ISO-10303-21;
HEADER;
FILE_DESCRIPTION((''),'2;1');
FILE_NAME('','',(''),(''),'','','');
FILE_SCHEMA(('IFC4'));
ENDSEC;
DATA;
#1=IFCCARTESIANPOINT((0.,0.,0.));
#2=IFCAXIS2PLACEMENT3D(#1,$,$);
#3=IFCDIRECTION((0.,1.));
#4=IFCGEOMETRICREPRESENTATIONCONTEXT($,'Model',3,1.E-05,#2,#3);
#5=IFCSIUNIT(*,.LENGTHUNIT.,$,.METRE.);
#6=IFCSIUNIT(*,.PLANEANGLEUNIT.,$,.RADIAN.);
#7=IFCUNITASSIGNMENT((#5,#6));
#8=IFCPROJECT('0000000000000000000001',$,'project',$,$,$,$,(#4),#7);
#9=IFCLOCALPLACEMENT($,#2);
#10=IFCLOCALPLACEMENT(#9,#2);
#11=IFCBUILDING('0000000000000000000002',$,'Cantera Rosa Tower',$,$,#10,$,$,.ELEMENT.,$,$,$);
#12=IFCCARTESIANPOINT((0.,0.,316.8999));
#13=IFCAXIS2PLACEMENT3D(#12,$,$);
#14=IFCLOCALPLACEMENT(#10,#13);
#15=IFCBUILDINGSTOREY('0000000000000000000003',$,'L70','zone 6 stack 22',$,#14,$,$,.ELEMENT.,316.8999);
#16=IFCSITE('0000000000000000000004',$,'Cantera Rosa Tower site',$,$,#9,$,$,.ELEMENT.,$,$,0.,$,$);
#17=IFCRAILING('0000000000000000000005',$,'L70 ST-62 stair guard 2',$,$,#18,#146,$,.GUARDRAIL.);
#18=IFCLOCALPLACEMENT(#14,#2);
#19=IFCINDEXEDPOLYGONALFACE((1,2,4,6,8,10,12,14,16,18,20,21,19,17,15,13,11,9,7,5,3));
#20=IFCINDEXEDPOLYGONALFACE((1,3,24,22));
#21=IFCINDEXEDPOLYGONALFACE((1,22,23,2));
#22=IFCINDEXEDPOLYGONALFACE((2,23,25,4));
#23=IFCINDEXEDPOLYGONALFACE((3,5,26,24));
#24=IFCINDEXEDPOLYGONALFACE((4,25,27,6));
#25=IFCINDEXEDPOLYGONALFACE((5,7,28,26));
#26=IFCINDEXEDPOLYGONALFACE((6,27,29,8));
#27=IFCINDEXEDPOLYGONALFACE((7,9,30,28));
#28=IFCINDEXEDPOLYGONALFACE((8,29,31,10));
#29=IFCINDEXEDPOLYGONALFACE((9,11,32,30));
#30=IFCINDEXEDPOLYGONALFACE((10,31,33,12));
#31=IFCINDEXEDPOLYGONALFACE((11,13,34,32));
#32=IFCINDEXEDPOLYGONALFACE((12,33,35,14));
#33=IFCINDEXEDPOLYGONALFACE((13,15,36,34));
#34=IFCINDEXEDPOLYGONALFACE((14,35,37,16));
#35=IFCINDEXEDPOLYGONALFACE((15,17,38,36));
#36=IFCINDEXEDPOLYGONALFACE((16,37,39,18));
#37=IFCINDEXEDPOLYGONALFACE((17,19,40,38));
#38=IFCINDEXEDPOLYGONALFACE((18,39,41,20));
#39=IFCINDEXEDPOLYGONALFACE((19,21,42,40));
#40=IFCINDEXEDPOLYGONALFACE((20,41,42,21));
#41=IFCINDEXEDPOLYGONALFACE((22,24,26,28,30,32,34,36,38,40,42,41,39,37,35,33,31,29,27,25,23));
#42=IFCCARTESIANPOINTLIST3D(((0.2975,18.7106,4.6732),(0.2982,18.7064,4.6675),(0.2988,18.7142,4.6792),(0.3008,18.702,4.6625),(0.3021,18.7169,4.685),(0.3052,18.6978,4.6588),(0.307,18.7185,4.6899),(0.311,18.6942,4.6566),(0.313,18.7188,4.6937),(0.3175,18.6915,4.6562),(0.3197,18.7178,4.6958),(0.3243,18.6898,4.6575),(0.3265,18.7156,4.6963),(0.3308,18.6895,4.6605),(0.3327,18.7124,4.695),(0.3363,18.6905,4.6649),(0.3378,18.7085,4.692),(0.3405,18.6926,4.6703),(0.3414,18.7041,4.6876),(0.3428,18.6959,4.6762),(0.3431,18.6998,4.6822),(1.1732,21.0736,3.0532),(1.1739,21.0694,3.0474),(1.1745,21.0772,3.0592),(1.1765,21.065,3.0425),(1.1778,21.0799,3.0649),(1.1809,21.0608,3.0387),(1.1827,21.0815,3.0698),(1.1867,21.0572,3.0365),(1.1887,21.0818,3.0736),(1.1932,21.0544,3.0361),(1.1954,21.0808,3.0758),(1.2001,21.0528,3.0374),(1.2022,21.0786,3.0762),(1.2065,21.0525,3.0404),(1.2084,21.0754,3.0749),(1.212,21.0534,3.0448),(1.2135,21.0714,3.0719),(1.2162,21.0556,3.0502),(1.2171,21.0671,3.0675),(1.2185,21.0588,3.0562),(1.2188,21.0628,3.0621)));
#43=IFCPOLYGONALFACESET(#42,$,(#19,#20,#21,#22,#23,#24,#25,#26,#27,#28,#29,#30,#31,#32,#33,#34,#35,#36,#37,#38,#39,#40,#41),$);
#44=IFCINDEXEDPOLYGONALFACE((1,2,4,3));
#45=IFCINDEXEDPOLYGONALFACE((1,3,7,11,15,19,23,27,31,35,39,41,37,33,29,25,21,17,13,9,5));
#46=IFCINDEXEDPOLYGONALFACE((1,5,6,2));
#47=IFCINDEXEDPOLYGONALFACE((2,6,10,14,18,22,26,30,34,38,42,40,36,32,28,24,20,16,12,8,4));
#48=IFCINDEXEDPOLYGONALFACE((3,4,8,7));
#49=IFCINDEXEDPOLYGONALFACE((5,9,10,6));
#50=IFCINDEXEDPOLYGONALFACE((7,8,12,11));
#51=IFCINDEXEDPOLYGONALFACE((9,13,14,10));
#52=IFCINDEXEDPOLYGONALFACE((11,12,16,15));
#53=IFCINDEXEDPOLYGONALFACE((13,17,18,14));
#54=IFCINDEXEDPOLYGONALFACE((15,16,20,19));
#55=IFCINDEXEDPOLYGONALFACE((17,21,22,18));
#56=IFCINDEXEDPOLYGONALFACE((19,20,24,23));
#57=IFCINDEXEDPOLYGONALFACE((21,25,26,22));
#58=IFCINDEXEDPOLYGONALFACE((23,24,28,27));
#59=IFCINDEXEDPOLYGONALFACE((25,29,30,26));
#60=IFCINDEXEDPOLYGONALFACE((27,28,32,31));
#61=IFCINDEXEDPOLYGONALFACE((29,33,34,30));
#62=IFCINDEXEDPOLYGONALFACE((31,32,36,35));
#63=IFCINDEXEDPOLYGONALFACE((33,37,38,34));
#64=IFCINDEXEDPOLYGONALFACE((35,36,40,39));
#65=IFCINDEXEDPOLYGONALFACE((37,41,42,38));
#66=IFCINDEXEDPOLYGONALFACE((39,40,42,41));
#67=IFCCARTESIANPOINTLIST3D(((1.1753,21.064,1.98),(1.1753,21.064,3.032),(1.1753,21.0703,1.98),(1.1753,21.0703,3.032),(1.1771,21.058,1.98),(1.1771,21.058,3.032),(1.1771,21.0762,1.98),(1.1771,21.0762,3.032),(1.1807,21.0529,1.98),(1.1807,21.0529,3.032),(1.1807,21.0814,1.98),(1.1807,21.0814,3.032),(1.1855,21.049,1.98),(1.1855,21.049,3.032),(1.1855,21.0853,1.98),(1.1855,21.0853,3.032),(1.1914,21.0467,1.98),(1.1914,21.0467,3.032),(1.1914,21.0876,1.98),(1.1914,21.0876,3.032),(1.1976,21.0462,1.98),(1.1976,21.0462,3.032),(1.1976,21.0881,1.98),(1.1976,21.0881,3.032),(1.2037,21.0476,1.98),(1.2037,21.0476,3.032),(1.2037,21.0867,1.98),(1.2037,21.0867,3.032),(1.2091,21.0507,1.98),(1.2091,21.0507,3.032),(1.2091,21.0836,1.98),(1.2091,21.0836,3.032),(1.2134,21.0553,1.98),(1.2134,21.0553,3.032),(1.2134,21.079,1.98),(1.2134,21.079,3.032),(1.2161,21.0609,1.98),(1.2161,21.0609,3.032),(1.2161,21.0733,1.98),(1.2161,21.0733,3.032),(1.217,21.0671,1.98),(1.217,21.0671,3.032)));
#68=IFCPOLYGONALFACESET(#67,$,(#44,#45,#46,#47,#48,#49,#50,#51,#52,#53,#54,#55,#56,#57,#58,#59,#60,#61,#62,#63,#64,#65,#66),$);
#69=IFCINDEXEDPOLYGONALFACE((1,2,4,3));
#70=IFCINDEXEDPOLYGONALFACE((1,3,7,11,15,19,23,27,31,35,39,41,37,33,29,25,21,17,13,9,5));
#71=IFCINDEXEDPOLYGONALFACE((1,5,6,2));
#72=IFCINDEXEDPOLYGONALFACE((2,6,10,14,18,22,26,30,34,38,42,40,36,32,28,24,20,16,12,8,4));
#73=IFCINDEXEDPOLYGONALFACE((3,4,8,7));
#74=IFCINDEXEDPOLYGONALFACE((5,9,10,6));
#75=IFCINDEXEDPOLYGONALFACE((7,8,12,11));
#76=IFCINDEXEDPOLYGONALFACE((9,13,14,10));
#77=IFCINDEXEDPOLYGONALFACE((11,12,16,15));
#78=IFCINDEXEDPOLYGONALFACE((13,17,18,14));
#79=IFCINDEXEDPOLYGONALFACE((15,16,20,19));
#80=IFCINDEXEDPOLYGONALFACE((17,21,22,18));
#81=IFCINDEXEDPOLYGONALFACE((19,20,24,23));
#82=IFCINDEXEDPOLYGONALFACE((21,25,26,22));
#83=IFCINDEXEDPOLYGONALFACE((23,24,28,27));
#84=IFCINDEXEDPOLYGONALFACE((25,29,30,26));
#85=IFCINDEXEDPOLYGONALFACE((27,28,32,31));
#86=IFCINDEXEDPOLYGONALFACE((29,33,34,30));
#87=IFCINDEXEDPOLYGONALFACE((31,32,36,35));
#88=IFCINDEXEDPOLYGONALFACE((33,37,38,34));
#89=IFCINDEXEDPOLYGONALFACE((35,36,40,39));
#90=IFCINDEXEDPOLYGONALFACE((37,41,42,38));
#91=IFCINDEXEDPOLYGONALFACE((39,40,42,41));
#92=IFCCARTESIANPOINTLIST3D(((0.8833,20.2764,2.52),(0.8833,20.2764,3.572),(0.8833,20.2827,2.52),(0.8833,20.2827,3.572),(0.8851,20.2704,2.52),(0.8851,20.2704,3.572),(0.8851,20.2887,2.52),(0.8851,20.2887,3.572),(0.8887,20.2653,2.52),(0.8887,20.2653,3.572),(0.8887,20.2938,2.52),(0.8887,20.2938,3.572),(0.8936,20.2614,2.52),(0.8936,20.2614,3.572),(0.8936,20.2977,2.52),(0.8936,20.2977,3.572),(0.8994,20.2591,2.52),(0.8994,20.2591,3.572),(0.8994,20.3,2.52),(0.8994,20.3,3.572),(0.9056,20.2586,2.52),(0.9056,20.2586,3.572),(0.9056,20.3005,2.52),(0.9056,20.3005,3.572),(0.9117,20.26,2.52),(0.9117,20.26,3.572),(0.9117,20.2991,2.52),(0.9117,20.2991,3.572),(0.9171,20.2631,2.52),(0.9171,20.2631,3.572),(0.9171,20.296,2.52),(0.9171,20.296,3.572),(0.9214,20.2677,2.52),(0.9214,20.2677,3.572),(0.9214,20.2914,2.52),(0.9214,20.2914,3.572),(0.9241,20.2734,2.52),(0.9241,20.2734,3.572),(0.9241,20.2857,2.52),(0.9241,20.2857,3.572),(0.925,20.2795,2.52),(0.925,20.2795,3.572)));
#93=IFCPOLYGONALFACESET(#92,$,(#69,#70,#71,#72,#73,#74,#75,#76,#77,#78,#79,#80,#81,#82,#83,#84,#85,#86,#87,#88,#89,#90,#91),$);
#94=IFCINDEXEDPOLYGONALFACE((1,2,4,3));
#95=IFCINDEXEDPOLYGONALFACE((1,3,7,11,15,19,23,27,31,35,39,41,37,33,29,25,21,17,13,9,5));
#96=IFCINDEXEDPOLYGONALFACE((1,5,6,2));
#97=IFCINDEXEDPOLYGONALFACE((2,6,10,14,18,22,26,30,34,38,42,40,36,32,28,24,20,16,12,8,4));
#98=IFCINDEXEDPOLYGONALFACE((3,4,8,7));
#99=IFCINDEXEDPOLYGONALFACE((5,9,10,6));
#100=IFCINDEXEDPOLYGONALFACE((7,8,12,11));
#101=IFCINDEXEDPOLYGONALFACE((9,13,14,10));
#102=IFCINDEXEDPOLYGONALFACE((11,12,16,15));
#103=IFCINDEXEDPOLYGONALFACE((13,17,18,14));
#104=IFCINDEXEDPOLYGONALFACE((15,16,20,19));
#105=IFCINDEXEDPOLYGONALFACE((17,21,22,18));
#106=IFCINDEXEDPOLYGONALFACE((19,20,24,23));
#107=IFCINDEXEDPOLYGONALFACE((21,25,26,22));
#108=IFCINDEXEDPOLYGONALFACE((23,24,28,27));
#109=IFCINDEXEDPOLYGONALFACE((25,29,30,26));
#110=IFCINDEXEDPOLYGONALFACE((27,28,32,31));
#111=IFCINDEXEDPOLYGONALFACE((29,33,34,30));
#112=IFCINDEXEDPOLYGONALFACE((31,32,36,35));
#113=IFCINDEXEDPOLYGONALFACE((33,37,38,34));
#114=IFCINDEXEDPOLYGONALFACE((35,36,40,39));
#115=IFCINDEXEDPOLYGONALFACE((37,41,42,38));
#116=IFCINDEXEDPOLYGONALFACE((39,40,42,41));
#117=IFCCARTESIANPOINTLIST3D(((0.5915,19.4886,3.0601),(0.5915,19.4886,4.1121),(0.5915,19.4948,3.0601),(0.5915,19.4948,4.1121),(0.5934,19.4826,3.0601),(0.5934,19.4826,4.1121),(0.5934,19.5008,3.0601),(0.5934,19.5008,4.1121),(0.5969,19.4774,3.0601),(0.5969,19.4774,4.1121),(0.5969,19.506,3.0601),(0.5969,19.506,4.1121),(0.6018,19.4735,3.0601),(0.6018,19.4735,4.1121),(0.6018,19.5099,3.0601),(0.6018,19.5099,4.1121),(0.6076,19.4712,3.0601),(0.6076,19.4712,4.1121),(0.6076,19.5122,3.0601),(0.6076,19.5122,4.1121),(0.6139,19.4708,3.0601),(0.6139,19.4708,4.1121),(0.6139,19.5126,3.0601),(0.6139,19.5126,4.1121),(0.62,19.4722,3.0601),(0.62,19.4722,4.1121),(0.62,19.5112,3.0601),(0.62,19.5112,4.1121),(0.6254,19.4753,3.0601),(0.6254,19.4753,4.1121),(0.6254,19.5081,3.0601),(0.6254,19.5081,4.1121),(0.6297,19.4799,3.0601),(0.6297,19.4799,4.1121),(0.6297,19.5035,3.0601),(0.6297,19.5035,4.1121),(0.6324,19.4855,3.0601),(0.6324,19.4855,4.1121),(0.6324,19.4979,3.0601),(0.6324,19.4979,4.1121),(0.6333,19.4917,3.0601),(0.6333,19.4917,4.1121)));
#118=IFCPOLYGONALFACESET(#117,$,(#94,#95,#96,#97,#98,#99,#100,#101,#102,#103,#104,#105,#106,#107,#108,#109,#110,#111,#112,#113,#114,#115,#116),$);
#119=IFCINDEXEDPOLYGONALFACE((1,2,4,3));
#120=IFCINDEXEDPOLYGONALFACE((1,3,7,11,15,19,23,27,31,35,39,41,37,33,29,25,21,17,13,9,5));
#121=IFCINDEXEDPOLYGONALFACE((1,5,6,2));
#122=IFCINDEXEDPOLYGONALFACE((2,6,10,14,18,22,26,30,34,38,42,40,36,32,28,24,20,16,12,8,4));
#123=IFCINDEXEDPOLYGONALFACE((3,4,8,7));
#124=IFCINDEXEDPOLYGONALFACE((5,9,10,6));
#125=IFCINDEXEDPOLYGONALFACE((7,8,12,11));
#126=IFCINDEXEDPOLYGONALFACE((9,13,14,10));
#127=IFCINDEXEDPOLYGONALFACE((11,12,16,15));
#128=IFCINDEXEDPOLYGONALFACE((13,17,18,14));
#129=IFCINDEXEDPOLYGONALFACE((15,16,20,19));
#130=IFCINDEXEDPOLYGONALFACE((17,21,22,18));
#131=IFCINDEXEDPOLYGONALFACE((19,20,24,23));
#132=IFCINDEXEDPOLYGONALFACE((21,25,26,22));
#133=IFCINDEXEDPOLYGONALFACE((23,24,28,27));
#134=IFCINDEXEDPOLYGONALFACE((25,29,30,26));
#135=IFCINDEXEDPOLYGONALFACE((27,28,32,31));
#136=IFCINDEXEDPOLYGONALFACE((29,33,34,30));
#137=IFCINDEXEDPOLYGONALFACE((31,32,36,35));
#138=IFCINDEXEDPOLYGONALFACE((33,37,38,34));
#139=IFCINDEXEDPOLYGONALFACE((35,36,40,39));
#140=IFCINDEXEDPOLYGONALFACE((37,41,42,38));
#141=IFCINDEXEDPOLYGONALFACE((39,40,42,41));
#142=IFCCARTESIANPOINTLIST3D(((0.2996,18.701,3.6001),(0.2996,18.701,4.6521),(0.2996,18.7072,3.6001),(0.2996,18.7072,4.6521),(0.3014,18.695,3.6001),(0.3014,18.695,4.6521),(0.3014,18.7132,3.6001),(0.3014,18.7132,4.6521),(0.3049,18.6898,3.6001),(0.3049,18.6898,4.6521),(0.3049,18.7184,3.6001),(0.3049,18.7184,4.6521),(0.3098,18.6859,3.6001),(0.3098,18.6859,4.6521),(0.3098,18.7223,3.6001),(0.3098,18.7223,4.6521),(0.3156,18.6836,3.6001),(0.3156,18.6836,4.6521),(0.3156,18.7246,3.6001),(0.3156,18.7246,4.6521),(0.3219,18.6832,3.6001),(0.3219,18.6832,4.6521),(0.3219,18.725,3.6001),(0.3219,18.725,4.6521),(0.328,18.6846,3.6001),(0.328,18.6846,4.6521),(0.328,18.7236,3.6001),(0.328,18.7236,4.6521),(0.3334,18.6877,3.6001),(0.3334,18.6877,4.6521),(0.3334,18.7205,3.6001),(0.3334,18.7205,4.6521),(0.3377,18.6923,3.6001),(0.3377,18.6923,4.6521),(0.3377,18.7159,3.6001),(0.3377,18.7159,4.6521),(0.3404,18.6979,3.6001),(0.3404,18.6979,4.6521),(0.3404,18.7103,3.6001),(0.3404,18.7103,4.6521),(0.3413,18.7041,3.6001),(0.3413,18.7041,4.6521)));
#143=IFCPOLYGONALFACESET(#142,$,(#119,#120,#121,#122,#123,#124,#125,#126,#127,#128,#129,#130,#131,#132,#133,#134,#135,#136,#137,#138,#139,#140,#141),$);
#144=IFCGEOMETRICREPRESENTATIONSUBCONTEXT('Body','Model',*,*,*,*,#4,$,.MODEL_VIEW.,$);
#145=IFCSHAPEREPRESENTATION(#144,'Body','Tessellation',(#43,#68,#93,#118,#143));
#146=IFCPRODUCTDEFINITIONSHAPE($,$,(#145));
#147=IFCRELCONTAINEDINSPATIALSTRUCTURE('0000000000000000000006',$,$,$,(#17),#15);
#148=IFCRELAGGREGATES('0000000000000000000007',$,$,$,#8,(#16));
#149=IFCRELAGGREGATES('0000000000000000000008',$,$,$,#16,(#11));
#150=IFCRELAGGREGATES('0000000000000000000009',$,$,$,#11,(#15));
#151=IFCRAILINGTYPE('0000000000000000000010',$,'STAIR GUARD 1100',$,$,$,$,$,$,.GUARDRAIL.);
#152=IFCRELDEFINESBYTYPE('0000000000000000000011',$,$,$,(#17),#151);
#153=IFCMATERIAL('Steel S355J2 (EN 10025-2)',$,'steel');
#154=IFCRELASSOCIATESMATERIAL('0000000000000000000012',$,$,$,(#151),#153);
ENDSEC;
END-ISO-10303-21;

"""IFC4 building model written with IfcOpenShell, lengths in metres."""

from ifc_helpers import new_model, si_unit, direction, frame, origin, origin_2d, place, context, subcontext, project, spatial, circle, extrude, material, type_object, element, save


model = new_model("IFC4")

# Units and contexts
model_context = context("Model", 3, precision=1e-05, world=origin(), true_north=direction((0.0, 1.0)))
body_context = subcontext(model_context, "Body", "Model", "MODEL_VIEW")
ifc_project = project(units=[si_unit("LENGTHUNIT", "METRE"), si_unit("PLANEANGLEUNIT", "RADIAN")], contexts=[model_context])

# Site, building, storey
site_placement = place(None, origin())
site = spatial("IfcSite", under=ifc_project, at=site_placement, Name="Cantera Rosa Tower site", CompositionType="ELEMENT", RefElevation=0.0)
building_placement = place(site_placement, origin())
building = spatial("IfcBuilding", under=site, at=building_placement, Name="Cantera Rosa Tower", CompositionType="ELEMENT")
storey_placement = place(building_placement, frame((0.0, 0.0, 316.8999)))
storey = spatial("IfcBuildingStorey", under=building, at=storey_placement, Name="L70", Description="zone 6 stack 22", CompositionType="ELEMENT", Elevation=316.8999)

# Railing
ifc_material_1 = material(Name="Steel S355J2 (EN 10025-2)", Category="steel")
railing_type_1 = type_object("IfcRailingType", Name="STAIR GUARD 1100", PredefinedType="GUARDRAIL", material=ifc_material_1)
railing_1_placement = place(storey_placement, frame((1.196, 21.0671, 1.98)))
element("IfcRailing", 1, at=railing_1_placement, inside=storey, type_object=railing_type_1, Name="L70 ST-62 stair guard 2", PredefinedType="GUARDRAIL", context=body_context, shape_type="SweptSolid", body=[
    extrude(circle(Radius=0.0239, at=origin_2d()), frame((0.0, 0.0, 1.0762), z_axis=(-0.292307, -0.788748, 0.540772), x_axis=(0.93768, -0.347501, 0.0)), (0.0, 0.0, 1.0), 2.9958),
    extrude(circle(Radius=0.021, at=origin_2d()), origin(), (0.0, 0.0, 1.0), 1.052),
    extrude(circle(Radius=0.021, at=origin_2d()), frame((-0.292, -0.7876, 0.54)), (0.0, 0.0, 1.0), 1.052),
    extrude(circle(Radius=0.021, at=origin_2d()), frame((-0.5837, -1.5754, 1.0801)), (0.0, 0.0, 1.0), 1.052),
    extrude(circle(Radius=0.021, at=origin_2d()), frame((-0.8757, -2.363, 1.6201)), (0.0, 0.0, 1.0), 1.052),
])

save(model, "model.ifc")
